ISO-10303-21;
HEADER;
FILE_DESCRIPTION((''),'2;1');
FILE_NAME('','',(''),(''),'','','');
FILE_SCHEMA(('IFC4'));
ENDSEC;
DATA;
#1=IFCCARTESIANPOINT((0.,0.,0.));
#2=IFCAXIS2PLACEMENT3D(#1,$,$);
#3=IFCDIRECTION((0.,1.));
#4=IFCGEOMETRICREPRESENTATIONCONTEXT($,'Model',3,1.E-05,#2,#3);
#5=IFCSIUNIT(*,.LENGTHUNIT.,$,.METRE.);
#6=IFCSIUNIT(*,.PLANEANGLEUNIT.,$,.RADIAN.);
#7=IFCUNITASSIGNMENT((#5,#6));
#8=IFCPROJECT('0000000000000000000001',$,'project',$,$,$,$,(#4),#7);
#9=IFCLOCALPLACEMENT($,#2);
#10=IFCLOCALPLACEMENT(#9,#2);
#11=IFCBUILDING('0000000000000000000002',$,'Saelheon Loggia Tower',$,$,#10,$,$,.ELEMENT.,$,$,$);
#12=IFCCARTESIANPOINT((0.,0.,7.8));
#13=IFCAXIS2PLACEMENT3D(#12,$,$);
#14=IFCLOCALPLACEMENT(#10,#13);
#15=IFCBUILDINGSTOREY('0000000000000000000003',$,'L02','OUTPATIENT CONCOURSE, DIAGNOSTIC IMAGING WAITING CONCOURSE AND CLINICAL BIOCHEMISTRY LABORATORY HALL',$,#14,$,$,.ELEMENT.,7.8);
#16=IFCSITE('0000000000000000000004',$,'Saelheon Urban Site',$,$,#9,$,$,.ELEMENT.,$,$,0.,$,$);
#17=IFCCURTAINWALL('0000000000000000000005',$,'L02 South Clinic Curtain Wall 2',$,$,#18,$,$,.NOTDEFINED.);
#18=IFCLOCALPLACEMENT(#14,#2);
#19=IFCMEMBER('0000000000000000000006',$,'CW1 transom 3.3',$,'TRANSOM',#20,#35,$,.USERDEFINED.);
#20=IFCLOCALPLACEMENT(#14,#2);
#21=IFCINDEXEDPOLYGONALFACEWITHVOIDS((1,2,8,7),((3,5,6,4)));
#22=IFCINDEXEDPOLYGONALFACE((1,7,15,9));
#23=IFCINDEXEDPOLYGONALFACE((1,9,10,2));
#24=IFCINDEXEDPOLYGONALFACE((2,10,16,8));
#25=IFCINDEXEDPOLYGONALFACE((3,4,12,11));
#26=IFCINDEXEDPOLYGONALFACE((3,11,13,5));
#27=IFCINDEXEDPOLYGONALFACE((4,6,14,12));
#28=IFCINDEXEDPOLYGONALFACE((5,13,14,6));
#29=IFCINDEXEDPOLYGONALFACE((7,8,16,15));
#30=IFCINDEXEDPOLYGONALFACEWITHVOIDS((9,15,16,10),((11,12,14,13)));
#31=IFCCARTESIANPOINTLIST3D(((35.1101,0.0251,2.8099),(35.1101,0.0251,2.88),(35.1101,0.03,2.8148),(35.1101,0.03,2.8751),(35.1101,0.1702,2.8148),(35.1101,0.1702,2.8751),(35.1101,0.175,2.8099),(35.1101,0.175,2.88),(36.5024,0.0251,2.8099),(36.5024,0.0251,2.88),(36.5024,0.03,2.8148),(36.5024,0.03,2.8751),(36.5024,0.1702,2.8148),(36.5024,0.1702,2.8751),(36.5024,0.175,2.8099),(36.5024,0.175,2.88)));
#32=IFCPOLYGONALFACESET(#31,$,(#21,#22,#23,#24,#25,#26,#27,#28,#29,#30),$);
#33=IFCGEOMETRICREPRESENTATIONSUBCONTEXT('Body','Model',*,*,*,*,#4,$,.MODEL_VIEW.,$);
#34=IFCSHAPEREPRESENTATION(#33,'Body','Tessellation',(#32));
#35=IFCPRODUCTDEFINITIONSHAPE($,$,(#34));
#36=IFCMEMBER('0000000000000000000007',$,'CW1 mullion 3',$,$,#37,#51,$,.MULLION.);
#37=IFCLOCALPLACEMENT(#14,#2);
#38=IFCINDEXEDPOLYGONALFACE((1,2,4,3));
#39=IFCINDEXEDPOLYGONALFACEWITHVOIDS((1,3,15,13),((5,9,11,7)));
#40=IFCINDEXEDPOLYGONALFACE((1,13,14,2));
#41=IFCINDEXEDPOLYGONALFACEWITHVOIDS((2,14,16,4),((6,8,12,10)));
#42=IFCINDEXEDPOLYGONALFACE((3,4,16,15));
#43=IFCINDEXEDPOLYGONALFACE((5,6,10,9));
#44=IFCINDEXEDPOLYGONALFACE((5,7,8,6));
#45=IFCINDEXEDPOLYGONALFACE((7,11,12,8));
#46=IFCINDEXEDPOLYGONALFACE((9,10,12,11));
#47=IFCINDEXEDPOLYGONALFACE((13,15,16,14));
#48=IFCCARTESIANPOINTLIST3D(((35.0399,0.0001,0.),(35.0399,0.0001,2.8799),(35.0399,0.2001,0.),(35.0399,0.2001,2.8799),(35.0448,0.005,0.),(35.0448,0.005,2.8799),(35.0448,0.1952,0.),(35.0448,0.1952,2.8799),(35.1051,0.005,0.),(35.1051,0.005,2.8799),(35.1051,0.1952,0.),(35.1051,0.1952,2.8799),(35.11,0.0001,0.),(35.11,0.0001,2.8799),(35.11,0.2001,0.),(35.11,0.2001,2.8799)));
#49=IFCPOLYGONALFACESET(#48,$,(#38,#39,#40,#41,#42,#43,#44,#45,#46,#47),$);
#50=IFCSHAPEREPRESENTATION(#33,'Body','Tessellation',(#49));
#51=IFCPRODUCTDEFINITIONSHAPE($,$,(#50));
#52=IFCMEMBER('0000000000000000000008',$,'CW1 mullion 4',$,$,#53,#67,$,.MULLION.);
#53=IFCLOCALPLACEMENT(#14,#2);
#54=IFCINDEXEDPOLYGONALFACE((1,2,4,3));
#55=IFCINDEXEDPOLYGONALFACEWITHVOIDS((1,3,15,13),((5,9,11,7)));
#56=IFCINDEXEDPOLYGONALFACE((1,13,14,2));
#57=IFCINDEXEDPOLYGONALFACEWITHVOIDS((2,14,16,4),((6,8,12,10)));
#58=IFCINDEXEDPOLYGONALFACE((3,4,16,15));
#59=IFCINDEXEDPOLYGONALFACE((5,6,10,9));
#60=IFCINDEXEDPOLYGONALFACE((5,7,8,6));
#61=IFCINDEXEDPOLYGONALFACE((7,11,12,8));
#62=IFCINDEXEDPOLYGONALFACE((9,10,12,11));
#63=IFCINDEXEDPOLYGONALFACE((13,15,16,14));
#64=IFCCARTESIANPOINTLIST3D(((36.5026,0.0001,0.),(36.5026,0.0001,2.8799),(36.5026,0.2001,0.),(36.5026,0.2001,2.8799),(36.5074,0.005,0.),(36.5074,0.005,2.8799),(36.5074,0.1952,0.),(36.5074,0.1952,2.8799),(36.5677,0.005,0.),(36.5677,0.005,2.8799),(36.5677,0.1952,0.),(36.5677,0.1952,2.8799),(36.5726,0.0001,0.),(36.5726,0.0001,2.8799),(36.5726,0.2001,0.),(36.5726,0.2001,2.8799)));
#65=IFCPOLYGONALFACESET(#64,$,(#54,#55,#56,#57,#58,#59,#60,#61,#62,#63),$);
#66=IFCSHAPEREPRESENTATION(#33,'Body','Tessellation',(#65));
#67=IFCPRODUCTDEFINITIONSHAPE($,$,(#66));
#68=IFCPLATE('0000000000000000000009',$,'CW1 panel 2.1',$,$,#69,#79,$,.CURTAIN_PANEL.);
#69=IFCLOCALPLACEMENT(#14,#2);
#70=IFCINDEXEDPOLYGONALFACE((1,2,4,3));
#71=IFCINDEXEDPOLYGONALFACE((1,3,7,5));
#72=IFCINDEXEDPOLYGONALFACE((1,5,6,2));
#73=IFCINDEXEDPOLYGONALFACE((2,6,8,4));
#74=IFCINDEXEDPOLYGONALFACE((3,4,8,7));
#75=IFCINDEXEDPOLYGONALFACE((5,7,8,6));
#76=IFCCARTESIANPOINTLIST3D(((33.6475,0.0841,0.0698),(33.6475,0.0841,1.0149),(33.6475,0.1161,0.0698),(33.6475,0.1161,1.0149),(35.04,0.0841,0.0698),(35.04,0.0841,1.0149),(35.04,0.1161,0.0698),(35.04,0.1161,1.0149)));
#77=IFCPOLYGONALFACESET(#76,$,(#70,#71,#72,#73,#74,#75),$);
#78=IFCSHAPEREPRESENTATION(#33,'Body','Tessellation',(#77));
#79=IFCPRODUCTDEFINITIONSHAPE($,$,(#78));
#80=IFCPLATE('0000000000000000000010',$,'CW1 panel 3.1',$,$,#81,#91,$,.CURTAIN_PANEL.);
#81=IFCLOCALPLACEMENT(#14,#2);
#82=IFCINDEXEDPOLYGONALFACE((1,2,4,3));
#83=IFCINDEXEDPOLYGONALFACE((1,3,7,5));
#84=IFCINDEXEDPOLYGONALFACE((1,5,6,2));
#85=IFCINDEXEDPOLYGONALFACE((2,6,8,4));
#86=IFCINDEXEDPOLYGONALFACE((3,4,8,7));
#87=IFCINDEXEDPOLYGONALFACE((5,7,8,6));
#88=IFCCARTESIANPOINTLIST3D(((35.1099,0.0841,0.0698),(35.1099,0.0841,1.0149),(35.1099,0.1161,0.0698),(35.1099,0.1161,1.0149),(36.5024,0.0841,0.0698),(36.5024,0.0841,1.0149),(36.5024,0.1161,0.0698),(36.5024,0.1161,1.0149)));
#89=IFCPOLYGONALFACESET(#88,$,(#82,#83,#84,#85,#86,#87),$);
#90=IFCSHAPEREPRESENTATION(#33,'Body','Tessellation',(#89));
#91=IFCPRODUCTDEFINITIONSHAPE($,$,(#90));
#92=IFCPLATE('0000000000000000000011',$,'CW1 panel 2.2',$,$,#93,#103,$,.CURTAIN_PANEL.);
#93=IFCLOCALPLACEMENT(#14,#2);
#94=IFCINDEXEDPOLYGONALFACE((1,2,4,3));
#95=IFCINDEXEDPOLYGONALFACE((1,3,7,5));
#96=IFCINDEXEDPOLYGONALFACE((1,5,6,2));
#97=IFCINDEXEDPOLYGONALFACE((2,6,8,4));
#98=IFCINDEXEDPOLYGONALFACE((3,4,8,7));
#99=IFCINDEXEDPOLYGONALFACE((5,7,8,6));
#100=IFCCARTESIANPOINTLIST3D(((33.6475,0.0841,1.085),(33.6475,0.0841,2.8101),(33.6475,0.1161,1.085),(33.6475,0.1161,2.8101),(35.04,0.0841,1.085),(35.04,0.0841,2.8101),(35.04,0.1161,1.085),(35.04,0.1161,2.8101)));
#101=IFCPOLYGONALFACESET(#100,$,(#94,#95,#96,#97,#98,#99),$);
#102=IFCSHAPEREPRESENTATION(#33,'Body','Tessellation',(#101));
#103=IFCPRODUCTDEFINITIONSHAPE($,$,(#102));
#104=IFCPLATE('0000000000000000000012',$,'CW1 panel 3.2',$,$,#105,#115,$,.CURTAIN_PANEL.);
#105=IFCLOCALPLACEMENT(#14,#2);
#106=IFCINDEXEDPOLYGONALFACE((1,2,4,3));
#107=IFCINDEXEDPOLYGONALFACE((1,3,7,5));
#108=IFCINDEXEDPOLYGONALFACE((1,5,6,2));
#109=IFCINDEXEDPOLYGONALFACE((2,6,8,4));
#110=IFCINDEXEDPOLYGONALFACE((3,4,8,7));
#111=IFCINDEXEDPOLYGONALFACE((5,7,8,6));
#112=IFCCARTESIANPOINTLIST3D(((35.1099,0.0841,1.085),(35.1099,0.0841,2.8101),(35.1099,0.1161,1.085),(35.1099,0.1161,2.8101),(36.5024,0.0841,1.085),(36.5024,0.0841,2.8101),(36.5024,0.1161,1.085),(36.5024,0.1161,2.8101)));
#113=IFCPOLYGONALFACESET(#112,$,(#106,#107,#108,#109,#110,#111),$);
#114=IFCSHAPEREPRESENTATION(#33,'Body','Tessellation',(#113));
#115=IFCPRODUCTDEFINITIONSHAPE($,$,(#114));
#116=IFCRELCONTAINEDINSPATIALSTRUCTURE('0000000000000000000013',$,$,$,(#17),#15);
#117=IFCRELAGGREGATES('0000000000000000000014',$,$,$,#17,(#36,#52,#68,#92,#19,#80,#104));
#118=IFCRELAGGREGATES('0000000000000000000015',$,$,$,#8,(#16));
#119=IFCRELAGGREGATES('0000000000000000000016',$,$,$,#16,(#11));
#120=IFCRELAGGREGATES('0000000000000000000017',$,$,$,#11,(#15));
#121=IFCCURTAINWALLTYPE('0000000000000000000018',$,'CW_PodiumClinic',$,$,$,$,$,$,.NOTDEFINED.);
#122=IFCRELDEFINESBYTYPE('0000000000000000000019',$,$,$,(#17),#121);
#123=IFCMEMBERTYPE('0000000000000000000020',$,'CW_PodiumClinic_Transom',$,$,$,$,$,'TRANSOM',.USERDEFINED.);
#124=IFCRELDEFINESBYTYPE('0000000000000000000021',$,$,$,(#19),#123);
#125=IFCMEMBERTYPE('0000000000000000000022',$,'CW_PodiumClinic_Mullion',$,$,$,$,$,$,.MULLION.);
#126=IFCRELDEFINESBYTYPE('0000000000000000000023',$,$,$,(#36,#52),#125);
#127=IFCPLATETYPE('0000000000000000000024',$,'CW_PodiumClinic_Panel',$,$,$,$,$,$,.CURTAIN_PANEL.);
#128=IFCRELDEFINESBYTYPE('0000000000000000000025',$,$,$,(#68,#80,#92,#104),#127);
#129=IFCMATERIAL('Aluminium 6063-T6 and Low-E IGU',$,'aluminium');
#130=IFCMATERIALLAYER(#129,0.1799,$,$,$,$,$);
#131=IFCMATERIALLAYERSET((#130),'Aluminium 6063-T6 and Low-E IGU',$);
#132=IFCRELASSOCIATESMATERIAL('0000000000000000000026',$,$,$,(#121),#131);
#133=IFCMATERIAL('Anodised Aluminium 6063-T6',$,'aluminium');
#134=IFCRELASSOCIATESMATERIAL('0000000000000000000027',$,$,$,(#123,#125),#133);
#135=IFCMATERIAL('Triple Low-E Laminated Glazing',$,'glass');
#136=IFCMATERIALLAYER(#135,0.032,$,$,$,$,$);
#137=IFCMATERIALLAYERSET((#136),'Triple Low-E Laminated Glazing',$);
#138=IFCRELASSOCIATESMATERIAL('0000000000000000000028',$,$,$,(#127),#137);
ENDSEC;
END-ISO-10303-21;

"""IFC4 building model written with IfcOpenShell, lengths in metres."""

from ifc_helpers import new_model, si_unit, direction, frame, origin, origin_2d, place, context, subcontext, project, spatial, rectangle, hollow_rectangle, extrude, source, transform, mapped, material, layer, layer_set, material_profile, profile_set, type_object, element, aggregate, save


model = new_model("IFC4")

# Units and contexts
model_context = context("Model", 3, precision=1e-05, world=origin(), true_north=direction((0.0, 1.0)))
body_context = subcontext(model_context, "Body", "Model", "MODEL_VIEW")
ifc_project = project(units=[si_unit("LENGTHUNIT", "METRE"), si_unit("PLANEANGLEUNIT", "RADIAN")], contexts=[model_context])

# Site, building, storey
site_placement = place(None, origin())
site = spatial("IfcSite", under=ifc_project, at=site_placement, Name="Saelheon Urban Site", CompositionType="ELEMENT", RefElevation=0.0)
building_placement = place(site_placement, origin())
building = spatial("IfcBuilding", under=site, at=building_placement, Name="Saelheon Loggia Tower", CompositionType="ELEMENT")
storey_placement = place(building_placement, frame((0.0, 0.0, 7.8)))
storey = spatial("IfcBuildingStorey", under=building, at=storey_placement, Name="L02", Description="OUTPATIENT CONCOURSE, DIAGNOSTIC IMAGING WAITING CONCOURSE AND CLINICAL BIOCHEMISTRY LABORATORY HALL", CompositionType="ELEMENT", Elevation=7.8)

# Curtain wall, members, plates
ifc_material_1 = material(Name="Aluminium 6063-T6 and Low-E IGU", Category="aluminium")
ifc_layer_1 = layer(ifc_material_1, 0.1799)
ifc_layer_set_1 = layer_set([ifc_layer_1], Name="Aluminium 6063-T6 and Low-E IGU")
curtain_wall_type = type_object("IfcCurtainWallType", Name="CW_PodiumClinic", PredefinedType="NOTDEFINED", material=ifc_layer_set_1)
curtain_wall_placement = place(storey_placement, origin())
curtain_wall = element("IfcCurtainWall", 1, at=curtain_wall_placement, inside=storey, type_object=curtain_wall_type, Name="L02 South Clinic Curtain Wall 2", PredefinedType="NOTDEFINED")
ifc_material_2 = material(Name="Anodised Aluminium 6063-T6", Category="aluminium")
ifc_material_profile_1 = material_profile(ifc_material_2, hollow_rectangle(XDim=0.0701, YDim=0.1499, WallThickness=0.0049, at=origin_2d()), Name="RHS-150x70x5")
ifc_profile_set_1 = profile_set([ifc_material_profile_1], Name="Anodised Aluminium 6063-T6")
member_type_1 = type_object("IfcMemberType", Name="CW_PodiumClinic_Transom", ElementType="TRANSOM", PredefinedType="USERDEFINED", material=ifc_profile_set_1)
shared_shape_1 = source(origin(), body_context, "Body", "SweptSolid", [
    extrude(hollow_rectangle(XDim=0.0701, YDim=0.1499, WallThickness=0.0049, at=origin_2d()), origin(), (0.0, 0.0, 1.0), 1.3923),
])
member_1_placement = place(storey_placement, frame((35.1101, 0.1001, 2.845), z_axis=(1.0, 0.0, 0.0), x_axis=(0.0, 0.0, 1.0)))
member_1 = element("IfcMember", 2, at=member_1_placement, type_object=member_type_1, Name="CW1 transom 3.3", ObjectType="TRANSOM", PredefinedType="USERDEFINED", context=body_context, shape_type="MappedRepresentation", body=[
    mapped(shared_shape_1, transform((0.0, 0.0, 0.0), scale=1.0)),
])
ifc_material_profile_2 = material_profile(ifc_material_2, hollow_rectangle(XDim=0.0701, YDim=0.2, WallThickness=0.0049, at=origin_2d()), Name="RHS-200x70x5")
ifc_profile_set_2 = profile_set([ifc_material_profile_2], Name="Anodised Aluminium 6063-T6")
member_type_2 = type_object("IfcMemberType", Name="CW_PodiumClinic_Mullion", PredefinedType="MULLION", material=ifc_profile_set_2)
shared_shape_2 = source(origin(), body_context, "Body", "SweptSolid", [
    extrude(hollow_rectangle(XDim=0.0701, YDim=0.2, WallThickness=0.0049, at=origin_2d()), origin(), (0.0, 0.0, 1.0), 2.8799),
])
member_2_placement = place(storey_placement, frame((35.075, 0.1001, 0.0), z_axis=(0.0, 0.0, 1.0), x_axis=(1.0, 0.0, 0.0)))
member_2 = element("IfcMember", 3, at=member_2_placement, type_object=member_type_2, Name="CW1 mullion 3", PredefinedType="MULLION", context=body_context, shape_type="MappedRepresentation", body=[
    mapped(shared_shape_2, transform((0.0, 0.0, 0.0), scale=1.0)),
])
member_3_placement = place(storey_placement, frame((36.5376, 0.1001, 0.0), z_axis=(0.0, 0.0, 1.0), x_axis=(1.0, 0.0, 0.0)))
member_3 = element("IfcMember", 4, at=member_3_placement, type_object=member_type_2, Name="CW1 mullion 4", PredefinedType="MULLION", context=body_context, shape_type="MappedRepresentation", body=[
    mapped(shared_shape_2, transform((0.0, 0.0, 0.0), scale=1.0)),
])
ifc_material_3 = material(Name="Triple Low-E Laminated Glazing", Category="glass")
ifc_layer_2 = layer(ifc_material_3, 0.032)
ifc_layer_set_2 = layer_set([ifc_layer_2], Name="Triple Low-E Laminated Glazing")
plate_type = type_object("IfcPlateType", Name="CW_PodiumClinic_Panel", PredefinedType="CURTAIN_PANEL", material=ifc_layer_set_2)
shared_shape_3 = source(origin(), body_context, "Body", "SweptSolid", [
    extrude(rectangle(XDim=1.3926, YDim=0.032, at=origin_2d()), origin(), (0.0, 0.0, 1.0), 0.9451),
])
plate_1_placement = place(storey_placement, frame((34.3438, 0.1001, 0.0698), z_axis=(0.0, 0.0, 1.0), x_axis=(1.0, 0.0, 0.0)))
plate_1 = element("IfcPlate", 5, at=plate_1_placement, type_object=plate_type, Name="CW1 panel 2.1", PredefinedType="CURTAIN_PANEL", context=body_context, shape_type="MappedRepresentation", body=[
    mapped(shared_shape_3, transform((0.0, 0.0, 0.0), scale=1.0)),
])
plate_2_placement = place(storey_placement, frame((35.8062, 0.1001, 0.0698), z_axis=(0.0, 0.0, 1.0), x_axis=(1.0, 0.0, 0.0)))
plate_2 = element("IfcPlate", 6, at=plate_2_placement, type_object=plate_type, Name="CW1 panel 3.1", PredefinedType="CURTAIN_PANEL", context=body_context, shape_type="MappedRepresentation", body=[
    mapped(shared_shape_3, transform((0.0, 0.0, 0.0), scale=1.0)),
])
shared_shape_4 = source(origin(), body_context, "Body", "SweptSolid", [
    extrude(rectangle(XDim=1.3926, YDim=0.032, at=origin_2d()), origin(), (0.0, 0.0, 1.0), 1.7251),
])
plate_3_placement = place(storey_placement, frame((34.3438, 0.1001, 1.085), z_axis=(0.0, 0.0, 1.0), x_axis=(1.0, 0.0, 0.0)))
plate_3 = element("IfcPlate", 7, at=plate_3_placement, type_object=plate_type, Name="CW1 panel 2.2", PredefinedType="CURTAIN_PANEL", context=body_context, shape_type="MappedRepresentation", body=[
    mapped(shared_shape_4, transform((0.0, 0.0, 0.0), scale=1.0)),
])
plate_4_placement = place(storey_placement, frame((35.8062, 0.1001, 1.085), z_axis=(0.0, 0.0, 1.0), x_axis=(1.0, 0.0, 0.0)))
plate_4 = element("IfcPlate", 8, at=plate_4_placement, type_object=plate_type, Name="CW1 panel 3.2", PredefinedType="CURTAIN_PANEL", context=body_context, shape_type="MappedRepresentation", body=[
    mapped(shared_shape_4, transform((0.0, 0.0, 0.0), scale=1.0)),
])
aggregate(curtain_wall, [member_2, member_3, plate_1, plate_3, member_1, plate_2, plate_4])

save(model, "model.ifc")
